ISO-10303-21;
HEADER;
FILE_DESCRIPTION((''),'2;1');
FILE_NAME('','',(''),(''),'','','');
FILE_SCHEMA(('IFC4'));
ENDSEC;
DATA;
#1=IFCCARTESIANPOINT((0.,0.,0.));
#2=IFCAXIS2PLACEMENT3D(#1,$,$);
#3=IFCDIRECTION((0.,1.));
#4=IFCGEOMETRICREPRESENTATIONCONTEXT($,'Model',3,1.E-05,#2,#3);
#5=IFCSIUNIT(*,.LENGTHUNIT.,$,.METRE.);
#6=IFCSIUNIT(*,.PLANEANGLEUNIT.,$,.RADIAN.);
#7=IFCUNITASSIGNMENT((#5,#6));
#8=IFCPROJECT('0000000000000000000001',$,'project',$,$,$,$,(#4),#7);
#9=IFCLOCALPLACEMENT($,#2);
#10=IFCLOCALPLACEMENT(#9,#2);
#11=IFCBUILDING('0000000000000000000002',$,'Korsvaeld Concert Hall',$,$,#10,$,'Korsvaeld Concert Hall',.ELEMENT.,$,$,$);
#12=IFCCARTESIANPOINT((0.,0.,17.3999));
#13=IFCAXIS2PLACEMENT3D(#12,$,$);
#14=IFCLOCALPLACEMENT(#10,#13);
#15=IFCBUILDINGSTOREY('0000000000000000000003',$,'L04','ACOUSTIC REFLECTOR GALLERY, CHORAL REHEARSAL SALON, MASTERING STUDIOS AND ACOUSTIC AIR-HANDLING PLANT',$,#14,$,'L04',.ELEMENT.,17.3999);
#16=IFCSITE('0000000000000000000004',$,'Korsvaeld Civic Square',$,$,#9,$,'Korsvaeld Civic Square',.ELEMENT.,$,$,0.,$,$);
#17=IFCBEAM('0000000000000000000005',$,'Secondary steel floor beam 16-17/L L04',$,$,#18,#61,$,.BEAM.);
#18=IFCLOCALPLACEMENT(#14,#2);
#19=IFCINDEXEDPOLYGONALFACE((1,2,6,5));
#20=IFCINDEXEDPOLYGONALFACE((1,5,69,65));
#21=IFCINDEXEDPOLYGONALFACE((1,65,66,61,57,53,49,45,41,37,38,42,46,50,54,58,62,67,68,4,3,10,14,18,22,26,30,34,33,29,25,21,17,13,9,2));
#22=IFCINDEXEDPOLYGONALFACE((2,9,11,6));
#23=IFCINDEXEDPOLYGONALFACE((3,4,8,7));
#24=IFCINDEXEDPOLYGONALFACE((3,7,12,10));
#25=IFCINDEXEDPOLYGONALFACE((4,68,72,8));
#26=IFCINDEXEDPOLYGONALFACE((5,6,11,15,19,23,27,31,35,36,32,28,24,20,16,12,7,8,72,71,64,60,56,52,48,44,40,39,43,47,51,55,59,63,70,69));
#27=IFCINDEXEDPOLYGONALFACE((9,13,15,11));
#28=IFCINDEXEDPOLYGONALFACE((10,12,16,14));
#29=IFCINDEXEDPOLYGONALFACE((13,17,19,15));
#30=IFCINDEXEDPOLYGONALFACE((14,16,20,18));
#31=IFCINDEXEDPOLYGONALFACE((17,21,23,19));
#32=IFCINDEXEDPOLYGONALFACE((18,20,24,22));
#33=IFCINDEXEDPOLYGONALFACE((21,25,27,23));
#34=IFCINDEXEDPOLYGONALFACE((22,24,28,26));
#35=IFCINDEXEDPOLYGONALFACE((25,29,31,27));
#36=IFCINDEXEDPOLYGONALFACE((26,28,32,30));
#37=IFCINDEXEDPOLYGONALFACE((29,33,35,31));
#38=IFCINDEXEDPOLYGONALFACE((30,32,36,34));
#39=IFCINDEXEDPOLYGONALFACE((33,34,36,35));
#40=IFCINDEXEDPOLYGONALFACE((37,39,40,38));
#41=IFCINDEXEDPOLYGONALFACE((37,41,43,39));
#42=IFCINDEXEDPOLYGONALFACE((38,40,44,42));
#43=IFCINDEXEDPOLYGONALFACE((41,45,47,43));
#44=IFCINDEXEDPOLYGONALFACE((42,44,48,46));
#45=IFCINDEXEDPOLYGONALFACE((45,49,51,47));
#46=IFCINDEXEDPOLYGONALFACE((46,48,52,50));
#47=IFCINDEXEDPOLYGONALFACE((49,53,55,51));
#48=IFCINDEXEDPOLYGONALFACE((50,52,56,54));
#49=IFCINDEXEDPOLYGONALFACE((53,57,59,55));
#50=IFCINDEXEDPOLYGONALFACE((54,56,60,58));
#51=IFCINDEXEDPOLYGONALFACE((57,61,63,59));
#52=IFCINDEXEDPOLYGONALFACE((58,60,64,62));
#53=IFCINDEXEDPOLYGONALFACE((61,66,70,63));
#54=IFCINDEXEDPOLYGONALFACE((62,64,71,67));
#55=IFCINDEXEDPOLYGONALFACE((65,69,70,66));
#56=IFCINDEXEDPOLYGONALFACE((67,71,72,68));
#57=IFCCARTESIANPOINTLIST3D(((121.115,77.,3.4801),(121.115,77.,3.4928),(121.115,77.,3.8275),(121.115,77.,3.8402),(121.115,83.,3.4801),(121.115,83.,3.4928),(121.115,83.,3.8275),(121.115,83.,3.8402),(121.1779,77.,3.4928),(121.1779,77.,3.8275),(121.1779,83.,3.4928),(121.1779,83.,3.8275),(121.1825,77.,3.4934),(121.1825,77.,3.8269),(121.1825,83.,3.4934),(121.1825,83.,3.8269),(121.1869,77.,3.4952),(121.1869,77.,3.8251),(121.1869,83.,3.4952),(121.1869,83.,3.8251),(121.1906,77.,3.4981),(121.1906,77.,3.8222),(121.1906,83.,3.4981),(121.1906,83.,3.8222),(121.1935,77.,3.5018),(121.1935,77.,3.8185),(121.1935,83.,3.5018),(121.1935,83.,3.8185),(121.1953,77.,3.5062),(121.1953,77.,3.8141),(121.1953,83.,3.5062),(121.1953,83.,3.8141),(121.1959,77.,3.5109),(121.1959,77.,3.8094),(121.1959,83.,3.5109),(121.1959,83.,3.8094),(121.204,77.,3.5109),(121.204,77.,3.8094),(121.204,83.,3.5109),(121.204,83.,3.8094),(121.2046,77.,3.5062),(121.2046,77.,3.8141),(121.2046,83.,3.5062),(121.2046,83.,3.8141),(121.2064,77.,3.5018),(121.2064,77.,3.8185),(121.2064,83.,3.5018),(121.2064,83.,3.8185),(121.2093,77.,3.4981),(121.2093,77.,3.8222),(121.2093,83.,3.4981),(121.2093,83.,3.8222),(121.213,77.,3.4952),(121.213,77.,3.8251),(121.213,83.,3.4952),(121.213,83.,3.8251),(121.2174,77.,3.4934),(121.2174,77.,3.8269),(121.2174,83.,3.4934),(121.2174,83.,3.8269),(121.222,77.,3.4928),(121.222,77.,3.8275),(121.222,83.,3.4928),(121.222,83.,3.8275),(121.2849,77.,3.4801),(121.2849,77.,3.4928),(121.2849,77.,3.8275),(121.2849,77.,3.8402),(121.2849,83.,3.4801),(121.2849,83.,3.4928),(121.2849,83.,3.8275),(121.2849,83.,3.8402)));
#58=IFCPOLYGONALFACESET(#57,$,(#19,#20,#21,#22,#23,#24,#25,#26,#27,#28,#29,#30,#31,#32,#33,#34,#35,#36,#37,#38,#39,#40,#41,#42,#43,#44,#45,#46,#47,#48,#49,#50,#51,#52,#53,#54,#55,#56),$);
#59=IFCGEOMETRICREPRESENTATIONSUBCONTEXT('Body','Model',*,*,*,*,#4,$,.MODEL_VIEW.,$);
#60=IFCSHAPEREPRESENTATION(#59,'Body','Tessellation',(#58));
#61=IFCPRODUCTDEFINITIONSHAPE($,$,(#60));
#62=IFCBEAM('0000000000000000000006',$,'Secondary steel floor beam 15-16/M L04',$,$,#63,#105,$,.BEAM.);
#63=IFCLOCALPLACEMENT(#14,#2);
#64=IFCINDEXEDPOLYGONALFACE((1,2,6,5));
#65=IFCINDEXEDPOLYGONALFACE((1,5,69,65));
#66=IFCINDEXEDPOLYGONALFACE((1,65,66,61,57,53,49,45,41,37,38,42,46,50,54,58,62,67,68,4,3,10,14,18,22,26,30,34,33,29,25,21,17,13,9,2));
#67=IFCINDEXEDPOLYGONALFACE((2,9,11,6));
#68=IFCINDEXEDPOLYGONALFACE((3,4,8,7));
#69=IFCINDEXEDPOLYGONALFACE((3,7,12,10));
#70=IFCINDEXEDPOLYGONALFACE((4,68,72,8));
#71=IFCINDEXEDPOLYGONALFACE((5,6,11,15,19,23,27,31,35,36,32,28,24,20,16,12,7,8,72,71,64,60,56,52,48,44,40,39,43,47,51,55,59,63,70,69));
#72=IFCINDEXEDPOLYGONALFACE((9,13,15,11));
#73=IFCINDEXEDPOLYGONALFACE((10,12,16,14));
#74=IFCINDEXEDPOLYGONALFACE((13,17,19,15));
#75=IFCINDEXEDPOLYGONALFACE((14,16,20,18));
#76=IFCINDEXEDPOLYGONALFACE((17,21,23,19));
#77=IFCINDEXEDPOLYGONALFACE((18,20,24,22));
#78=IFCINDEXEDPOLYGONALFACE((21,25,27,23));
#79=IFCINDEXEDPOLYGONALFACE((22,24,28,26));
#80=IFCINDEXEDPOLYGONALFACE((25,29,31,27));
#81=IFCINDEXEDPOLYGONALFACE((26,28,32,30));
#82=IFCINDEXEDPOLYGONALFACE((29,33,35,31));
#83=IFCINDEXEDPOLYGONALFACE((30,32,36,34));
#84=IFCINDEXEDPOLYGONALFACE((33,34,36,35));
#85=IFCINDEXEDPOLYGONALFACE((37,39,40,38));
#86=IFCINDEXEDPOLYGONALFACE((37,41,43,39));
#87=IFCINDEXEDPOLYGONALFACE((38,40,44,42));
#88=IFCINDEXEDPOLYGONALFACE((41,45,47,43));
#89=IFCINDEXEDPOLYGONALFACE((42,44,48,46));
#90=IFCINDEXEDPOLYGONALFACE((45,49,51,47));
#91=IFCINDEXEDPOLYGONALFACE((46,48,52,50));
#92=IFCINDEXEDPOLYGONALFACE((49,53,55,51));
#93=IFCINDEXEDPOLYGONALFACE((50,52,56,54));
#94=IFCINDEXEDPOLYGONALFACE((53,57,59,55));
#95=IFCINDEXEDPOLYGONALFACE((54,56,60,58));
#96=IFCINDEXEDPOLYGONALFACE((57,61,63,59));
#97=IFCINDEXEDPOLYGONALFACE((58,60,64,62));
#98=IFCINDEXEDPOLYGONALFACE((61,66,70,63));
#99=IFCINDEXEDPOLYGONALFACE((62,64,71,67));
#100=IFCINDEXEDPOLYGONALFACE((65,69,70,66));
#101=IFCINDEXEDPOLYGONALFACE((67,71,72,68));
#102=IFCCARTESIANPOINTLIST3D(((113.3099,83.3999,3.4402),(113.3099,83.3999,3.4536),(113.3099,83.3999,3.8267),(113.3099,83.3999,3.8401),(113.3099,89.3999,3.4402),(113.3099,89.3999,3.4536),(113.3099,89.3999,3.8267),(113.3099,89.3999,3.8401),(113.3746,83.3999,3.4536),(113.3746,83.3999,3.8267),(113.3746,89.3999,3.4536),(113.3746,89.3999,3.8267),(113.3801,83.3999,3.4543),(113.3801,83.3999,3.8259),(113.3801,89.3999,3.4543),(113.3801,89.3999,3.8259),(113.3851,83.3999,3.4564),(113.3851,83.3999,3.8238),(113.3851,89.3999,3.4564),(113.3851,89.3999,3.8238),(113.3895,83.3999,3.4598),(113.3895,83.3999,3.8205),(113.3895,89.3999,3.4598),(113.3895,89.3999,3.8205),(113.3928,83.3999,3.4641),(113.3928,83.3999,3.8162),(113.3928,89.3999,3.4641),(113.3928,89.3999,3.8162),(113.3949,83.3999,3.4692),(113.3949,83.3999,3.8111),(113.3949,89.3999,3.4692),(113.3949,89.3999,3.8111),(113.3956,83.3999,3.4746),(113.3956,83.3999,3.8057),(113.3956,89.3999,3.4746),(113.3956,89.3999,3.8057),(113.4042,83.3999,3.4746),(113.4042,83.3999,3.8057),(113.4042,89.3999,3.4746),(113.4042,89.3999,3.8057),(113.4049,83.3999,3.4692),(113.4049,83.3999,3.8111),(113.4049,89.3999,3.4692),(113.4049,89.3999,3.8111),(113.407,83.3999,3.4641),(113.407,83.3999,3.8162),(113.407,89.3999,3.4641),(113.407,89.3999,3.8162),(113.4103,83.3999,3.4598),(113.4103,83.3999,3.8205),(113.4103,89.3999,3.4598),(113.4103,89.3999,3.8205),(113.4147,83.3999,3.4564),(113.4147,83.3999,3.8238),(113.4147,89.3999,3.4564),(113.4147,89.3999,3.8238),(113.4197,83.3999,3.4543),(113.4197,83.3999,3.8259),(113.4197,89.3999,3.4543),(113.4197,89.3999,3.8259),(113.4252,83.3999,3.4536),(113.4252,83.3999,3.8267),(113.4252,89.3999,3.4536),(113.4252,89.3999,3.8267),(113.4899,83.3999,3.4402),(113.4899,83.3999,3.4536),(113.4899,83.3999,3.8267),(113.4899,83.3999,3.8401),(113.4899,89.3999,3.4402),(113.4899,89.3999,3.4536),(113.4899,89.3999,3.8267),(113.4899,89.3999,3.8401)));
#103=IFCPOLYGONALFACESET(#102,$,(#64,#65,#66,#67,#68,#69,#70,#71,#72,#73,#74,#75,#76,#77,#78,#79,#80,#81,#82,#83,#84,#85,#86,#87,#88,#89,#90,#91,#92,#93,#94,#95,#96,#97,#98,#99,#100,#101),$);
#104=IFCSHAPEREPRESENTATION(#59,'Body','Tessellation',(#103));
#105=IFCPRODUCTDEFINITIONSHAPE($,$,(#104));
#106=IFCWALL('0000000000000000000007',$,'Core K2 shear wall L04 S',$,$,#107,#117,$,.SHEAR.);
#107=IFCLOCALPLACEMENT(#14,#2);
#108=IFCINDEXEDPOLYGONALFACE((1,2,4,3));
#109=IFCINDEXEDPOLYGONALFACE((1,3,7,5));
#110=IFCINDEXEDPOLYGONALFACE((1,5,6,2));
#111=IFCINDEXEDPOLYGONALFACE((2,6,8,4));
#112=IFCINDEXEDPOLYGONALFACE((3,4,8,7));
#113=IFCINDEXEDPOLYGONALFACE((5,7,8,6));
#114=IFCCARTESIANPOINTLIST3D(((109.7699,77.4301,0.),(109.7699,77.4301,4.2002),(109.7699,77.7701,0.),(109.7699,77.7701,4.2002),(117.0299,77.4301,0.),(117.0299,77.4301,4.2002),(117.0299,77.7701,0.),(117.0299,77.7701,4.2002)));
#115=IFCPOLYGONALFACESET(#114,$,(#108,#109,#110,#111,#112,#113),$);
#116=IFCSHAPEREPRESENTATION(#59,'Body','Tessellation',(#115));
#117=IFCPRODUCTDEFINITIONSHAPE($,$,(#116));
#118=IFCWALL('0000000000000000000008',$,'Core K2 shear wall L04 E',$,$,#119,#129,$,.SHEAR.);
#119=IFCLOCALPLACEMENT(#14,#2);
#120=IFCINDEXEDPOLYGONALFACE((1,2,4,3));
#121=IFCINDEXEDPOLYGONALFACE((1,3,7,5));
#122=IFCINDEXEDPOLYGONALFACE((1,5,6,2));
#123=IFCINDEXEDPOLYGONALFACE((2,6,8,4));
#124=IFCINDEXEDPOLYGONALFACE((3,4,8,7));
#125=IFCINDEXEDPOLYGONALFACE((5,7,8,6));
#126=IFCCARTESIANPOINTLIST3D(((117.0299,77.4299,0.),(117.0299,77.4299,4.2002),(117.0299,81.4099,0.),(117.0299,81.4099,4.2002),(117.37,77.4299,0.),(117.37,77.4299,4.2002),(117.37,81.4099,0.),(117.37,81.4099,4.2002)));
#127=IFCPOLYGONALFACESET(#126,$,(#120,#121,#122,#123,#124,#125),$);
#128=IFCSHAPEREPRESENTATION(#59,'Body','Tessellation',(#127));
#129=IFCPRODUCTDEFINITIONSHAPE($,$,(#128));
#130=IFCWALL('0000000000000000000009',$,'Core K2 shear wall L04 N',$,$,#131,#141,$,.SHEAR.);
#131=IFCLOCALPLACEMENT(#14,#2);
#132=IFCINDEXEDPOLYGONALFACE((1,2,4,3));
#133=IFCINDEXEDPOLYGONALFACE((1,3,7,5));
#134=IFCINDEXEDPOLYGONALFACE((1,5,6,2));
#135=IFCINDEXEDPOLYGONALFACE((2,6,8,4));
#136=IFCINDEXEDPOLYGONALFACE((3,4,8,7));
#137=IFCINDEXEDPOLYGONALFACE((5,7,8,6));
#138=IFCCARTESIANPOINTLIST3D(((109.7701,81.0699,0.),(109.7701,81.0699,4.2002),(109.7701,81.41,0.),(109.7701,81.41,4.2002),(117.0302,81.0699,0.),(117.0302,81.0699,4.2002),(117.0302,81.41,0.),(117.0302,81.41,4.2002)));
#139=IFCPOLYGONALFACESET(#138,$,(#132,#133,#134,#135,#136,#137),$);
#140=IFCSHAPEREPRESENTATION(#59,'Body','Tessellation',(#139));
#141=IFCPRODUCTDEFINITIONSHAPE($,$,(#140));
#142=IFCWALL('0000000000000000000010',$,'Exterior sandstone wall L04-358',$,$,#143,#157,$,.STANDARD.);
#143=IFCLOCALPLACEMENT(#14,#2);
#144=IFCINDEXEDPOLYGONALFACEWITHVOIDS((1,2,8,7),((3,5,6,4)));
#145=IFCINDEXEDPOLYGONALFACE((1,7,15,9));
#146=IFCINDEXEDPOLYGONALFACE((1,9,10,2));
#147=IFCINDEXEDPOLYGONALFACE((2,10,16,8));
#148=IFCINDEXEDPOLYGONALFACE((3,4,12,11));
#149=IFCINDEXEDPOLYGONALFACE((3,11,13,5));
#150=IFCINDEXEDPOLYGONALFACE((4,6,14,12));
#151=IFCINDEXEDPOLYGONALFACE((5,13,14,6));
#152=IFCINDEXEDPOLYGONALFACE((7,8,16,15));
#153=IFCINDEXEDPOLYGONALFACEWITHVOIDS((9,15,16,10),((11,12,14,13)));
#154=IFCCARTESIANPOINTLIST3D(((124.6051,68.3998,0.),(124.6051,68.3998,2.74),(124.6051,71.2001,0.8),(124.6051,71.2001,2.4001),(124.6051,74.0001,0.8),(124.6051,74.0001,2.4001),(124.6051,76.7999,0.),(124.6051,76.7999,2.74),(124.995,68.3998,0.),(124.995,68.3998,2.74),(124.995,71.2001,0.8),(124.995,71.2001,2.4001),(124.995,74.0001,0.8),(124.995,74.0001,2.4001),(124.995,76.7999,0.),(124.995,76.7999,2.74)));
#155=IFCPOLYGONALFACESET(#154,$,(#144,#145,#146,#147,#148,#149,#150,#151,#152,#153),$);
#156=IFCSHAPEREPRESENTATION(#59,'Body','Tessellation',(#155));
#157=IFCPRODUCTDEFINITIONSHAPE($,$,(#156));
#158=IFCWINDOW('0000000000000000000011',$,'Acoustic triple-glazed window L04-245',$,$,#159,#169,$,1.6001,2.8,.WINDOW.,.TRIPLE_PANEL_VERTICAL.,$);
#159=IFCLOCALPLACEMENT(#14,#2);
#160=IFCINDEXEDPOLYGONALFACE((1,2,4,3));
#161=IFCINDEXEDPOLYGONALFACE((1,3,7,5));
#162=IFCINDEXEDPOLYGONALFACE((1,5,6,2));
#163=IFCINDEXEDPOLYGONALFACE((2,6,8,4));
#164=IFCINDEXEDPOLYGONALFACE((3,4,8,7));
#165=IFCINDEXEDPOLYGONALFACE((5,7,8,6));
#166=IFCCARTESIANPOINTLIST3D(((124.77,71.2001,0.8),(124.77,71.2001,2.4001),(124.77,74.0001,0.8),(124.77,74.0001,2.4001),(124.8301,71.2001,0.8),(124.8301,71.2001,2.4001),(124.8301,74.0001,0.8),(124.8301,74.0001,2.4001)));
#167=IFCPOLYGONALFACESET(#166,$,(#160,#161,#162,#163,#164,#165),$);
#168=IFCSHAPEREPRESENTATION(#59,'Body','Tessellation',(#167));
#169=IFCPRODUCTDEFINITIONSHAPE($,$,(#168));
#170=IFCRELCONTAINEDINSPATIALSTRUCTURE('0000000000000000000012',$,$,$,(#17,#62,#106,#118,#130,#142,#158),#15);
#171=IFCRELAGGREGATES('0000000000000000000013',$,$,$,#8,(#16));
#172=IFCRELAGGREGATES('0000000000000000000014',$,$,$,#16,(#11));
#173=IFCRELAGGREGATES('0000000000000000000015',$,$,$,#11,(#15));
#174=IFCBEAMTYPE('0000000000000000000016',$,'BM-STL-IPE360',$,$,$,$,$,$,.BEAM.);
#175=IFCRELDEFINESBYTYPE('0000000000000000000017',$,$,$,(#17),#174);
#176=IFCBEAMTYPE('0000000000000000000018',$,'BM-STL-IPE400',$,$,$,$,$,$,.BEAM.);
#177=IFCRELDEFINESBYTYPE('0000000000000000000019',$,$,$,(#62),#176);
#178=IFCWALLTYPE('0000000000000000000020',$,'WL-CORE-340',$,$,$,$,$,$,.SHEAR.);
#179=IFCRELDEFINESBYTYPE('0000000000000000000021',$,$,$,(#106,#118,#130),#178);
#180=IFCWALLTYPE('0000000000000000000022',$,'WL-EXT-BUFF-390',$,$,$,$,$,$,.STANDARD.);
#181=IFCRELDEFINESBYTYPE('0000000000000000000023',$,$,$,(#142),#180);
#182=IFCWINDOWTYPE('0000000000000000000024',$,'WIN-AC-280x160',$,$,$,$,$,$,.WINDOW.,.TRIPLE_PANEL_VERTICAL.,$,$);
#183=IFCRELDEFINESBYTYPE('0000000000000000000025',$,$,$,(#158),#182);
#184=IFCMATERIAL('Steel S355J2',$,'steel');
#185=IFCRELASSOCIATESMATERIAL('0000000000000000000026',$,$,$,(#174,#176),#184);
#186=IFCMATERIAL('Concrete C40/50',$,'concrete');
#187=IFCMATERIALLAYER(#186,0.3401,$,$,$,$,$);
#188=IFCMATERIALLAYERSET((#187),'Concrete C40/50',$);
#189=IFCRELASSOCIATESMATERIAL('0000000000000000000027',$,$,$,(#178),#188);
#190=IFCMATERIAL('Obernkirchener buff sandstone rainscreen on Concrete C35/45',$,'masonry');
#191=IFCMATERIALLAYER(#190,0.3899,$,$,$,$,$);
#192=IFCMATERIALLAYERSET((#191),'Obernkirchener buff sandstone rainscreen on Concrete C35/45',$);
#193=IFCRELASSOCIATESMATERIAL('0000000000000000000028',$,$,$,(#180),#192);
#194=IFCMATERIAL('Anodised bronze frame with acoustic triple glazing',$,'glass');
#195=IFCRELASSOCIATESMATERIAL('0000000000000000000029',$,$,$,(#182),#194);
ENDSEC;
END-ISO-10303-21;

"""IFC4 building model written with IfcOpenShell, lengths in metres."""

from ifc_helpers import new_model, si_unit, direction, frame, frame_2d, origin, origin_2d, place, context, subcontext, project, spatial, rectangle, i_section, extrude, material, layer, layer_set, material_profile, profile_set, type_object, element, fill, save


model = new_model("IFC4")

# Units and contexts
model_context = context("Model", 3, precision=1e-05, world=origin(), true_north=direction((0.0, 1.0)))
body_context = subcontext(model_context, "Body", "Model", "MODEL_VIEW")
ifc_project = project(units=[si_unit("LENGTHUNIT", "METRE"), si_unit("PLANEANGLEUNIT", "RADIAN")], contexts=[model_context])

# Site, building, storey
site_placement = place(None, origin())
site = spatial("IfcSite", under=ifc_project, at=site_placement, Name="Korsvaeld Civic Square", LongName="Korsvaeld Civic Square", CompositionType="ELEMENT", RefElevation=0.0)
building_placement = place(site_placement, origin())
building = spatial("IfcBuilding", under=site, at=building_placement, Name="Korsvaeld Concert Hall", LongName="Korsvaeld Concert Hall", CompositionType="ELEMENT")
storey_placement = place(building_placement, frame((0.0, 0.0, 17.3999)))
storey = spatial("IfcBuildingStorey", under=building, at=storey_placement, Name="L04", Description="ACOUSTIC REFLECTOR GALLERY, CHORAL REHEARSAL SALON, MASTERING STUDIOS AND ACOUSTIC AIR-HANDLING PLANT", LongName="L04", CompositionType="ELEMENT", Elevation=17.3999)

# Shared definitions
ifc_material_1 = material(Name="Concrete C40/50", Category="concrete")

# Beams
ifc_material_2 = material(Name="Steel S355J2", Category="steel")
ifc_material_profile_1 = material_profile(ifc_material_2, i_section(OverallWidth=0.1699, OverallDepth=0.3601, WebThickness=0.0081, FlangeThickness=0.0127, FilletRadius=0.0181, at=origin_2d()), Name="IPE 360")
ifc_profile_set_1 = profile_set([ifc_material_profile_1], Name="Steel S355J2")
beam_type_1 = type_object("IfcBeamType", Name="BM-STL-IPE360", PredefinedType="BEAM", material=ifc_profile_set_1)
beam_1_placement = place(storey_placement, frame((121.2, 77.0, 3.6602), z_axis=(0.0, 1.0, 0.0), x_axis=(-1.0, 0.0, 0.0)))
element("IfcBeam", 1, at=beam_1_placement, inside=storey, type_object=beam_type_1, Name="Secondary steel floor beam 16-17/L L04", PredefinedType="BEAM", context=body_context, shape_type="SweptSolid", body=[
    extrude(i_section(OverallWidth=0.1699, OverallDepth=0.3601, WebThickness=0.0081, FlangeThickness=0.0127, FilletRadius=0.0181, at=origin_2d()), origin(), (0.0, 0.0, 1.0), 6.0),
])
ifc_material_profile_2 = material_profile(ifc_material_2, i_section(OverallWidth=0.1799, OverallDepth=0.3999, WebThickness=0.0085, FlangeThickness=0.0134, FilletRadius=0.021, at=origin_2d()), Name="IPE 400")
ifc_profile_set_2 = profile_set([ifc_material_profile_2], Name="Steel S355J2")
beam_type_2 = type_object("IfcBeamType", Name="BM-STL-IPE400", PredefinedType="BEAM", material=ifc_profile_set_2)
beam_2_placement = place(storey_placement, frame((113.3999, 83.3999, 3.6401), z_axis=(0.0, 1.0, 0.0), x_axis=(-1.0, 0.0, 0.0)))
element("IfcBeam", 2, at=beam_2_placement, inside=storey, type_object=beam_type_2, Name="Secondary steel floor beam 15-16/M L04", PredefinedType="BEAM", context=body_context, shape_type="SweptSolid", body=[
    extrude(i_section(OverallWidth=0.1799, OverallDepth=0.3999, WebThickness=0.0085, FlangeThickness=0.0134, FilletRadius=0.021, at=origin_2d()), origin(), (0.0, 0.0, 1.0), 6.0),
])

# Walls
ifc_layer_1 = layer(ifc_material_1, 0.3401)
ifc_layer_set_1 = layer_set([ifc_layer_1], Name="Concrete C40/50")
wall_type_1 = type_object("IfcWallType", Name="WL-CORE-340", PredefinedType="SHEAR", material=ifc_layer_set_1)
wall_1_placement = place(storey_placement, frame((109.77, 77.6001, 0.0), z_axis=(0.0, 0.0, 1.0), x_axis=(1.0, 0.0, 0.0)))
element("IfcWall", 3, at=wall_1_placement, inside=storey, type_object=wall_type_1, Name="Core K2 shear wall L04 S", PredefinedType="SHEAR", context=body_context, shape_type="SweptSolid", body=[
    extrude(rectangle(XDim=7.26, YDim=0.3401, at=frame_2d((3.6299, 0.0))), origin(), (0.0, 0.0, 1.0), 4.2002),
])
wall_2_placement = place(storey_placement, frame((117.2, 77.4299, 0.0), z_axis=(0.0, 0.0, 1.0), x_axis=(0.0, 1.0, 0.0)))
element("IfcWall", 4, at=wall_2_placement, inside=storey, type_object=wall_type_1, Name="Core K2 shear wall L04 E", PredefinedType="SHEAR", context=body_context, shape_type="SweptSolid", body=[
    extrude(rectangle(XDim=3.98, YDim=0.3401, at=frame_2d((1.99, 0.0))), origin(), (0.0, 0.0, 1.0), 4.2002),
])
wall_3_placement = place(storey_placement, frame((117.03, 81.24, 0.0), z_axis=(0.0, 0.0, 1.0), x_axis=(-1.0, 0.0, 0.0)))
element("IfcWall", 5, at=wall_3_placement, inside=storey, type_object=wall_type_1, Name="Core K2 shear wall L04 N", PredefinedType="SHEAR", context=body_context, shape_type="SweptSolid", body=[
    extrude(rectangle(XDim=7.26, YDim=0.3401, at=frame_2d((3.6299, 0.0))), origin(), (0.0, 0.0, 1.0), 4.2002),
])

# Wall, opening, window
ifc_material_3 = material(Name="Obernkirchener buff sandstone rainscreen on Concrete C35/45", Category="masonry")
ifc_layer_2 = layer(ifc_material_3, 0.3899)
ifc_layer_set_2 = layer_set([ifc_layer_2], Name="Obernkirchener buff sandstone rainscreen on Concrete C35/45")
wall_type_2 = type_object("IfcWallType", Name="WL-EXT-BUFF-390", PredefinedType="STANDARD", material=ifc_layer_set_2)
wall_4_placement = place(storey_placement, frame((124.8, 76.8, 0.0), z_axis=(0.0, 0.0, 1.0), x_axis=(0.0, -1.0, 0.0)))
wall_4 = element("IfcWall", 6, at=wall_4_placement, inside=storey, type_object=wall_type_2, Name="Exterior sandstone wall L04-358", PredefinedType="STANDARD", context=body_context, shape_type="SweptSolid", body=[
    extrude(rectangle(XDim=8.4001, YDim=0.3899, at=frame_2d((4.2002, 0.0))), origin(), (0.0, 0.0, 1.0), 2.74),
])
opening_1_placement = place(wall_4_placement, frame((2.8, 0.0, 0.8)))
opening_1 = element("IfcOpeningElement", 7, at=opening_1_placement, cuts=wall_4, PredefinedType="OPENING", context=body_context, shape_type="SweptSolid", body=[
    extrude(rectangle(XDim=2.8, YDim=1.6001, at=frame_2d((1.3999, 0.8))), frame((0.0, 0.2051, 0.0), z_axis=(0.0, -1.0, 0.0), x_axis=(1.0, 0.0, 0.0)), (0.0, 0.0, 1.0), 0.4099),
])
ifc_material_4 = material(Name="Anodised bronze frame with acoustic triple glazing", Category="glass")
window_type_1 = type_object("IfcWindowType", Name="WIN-AC-280x160", PartitioningType="TRIPLE_PANEL_VERTICAL", PredefinedType="WINDOW", material=ifc_material_4)
window_1_placement = place(opening_1_placement, origin())
window_1 = element("IfcWindow", 8, at=window_1_placement, inside=storey, type_object=window_type_1, Name="Acoustic triple-glazed window L04-245", OverallHeight=1.6001, OverallWidth=2.8, PartitioningType="TRIPLE_PANEL_VERTICAL", PredefinedType="WINDOW", context=body_context, shape_type="SweptSolid", body=[
    extrude(rectangle(XDim=2.8, YDim=1.6001, at=frame_2d((1.3999, 0.8))), frame((0.0, 0.03, 0.0), z_axis=(0.0, -1.0, 0.0), x_axis=(1.0, 0.0, 0.0)), (0.0, 0.0, 1.0), 0.0601),
])
fill(opening_1, window_1)

save(model, "model.ifc")
